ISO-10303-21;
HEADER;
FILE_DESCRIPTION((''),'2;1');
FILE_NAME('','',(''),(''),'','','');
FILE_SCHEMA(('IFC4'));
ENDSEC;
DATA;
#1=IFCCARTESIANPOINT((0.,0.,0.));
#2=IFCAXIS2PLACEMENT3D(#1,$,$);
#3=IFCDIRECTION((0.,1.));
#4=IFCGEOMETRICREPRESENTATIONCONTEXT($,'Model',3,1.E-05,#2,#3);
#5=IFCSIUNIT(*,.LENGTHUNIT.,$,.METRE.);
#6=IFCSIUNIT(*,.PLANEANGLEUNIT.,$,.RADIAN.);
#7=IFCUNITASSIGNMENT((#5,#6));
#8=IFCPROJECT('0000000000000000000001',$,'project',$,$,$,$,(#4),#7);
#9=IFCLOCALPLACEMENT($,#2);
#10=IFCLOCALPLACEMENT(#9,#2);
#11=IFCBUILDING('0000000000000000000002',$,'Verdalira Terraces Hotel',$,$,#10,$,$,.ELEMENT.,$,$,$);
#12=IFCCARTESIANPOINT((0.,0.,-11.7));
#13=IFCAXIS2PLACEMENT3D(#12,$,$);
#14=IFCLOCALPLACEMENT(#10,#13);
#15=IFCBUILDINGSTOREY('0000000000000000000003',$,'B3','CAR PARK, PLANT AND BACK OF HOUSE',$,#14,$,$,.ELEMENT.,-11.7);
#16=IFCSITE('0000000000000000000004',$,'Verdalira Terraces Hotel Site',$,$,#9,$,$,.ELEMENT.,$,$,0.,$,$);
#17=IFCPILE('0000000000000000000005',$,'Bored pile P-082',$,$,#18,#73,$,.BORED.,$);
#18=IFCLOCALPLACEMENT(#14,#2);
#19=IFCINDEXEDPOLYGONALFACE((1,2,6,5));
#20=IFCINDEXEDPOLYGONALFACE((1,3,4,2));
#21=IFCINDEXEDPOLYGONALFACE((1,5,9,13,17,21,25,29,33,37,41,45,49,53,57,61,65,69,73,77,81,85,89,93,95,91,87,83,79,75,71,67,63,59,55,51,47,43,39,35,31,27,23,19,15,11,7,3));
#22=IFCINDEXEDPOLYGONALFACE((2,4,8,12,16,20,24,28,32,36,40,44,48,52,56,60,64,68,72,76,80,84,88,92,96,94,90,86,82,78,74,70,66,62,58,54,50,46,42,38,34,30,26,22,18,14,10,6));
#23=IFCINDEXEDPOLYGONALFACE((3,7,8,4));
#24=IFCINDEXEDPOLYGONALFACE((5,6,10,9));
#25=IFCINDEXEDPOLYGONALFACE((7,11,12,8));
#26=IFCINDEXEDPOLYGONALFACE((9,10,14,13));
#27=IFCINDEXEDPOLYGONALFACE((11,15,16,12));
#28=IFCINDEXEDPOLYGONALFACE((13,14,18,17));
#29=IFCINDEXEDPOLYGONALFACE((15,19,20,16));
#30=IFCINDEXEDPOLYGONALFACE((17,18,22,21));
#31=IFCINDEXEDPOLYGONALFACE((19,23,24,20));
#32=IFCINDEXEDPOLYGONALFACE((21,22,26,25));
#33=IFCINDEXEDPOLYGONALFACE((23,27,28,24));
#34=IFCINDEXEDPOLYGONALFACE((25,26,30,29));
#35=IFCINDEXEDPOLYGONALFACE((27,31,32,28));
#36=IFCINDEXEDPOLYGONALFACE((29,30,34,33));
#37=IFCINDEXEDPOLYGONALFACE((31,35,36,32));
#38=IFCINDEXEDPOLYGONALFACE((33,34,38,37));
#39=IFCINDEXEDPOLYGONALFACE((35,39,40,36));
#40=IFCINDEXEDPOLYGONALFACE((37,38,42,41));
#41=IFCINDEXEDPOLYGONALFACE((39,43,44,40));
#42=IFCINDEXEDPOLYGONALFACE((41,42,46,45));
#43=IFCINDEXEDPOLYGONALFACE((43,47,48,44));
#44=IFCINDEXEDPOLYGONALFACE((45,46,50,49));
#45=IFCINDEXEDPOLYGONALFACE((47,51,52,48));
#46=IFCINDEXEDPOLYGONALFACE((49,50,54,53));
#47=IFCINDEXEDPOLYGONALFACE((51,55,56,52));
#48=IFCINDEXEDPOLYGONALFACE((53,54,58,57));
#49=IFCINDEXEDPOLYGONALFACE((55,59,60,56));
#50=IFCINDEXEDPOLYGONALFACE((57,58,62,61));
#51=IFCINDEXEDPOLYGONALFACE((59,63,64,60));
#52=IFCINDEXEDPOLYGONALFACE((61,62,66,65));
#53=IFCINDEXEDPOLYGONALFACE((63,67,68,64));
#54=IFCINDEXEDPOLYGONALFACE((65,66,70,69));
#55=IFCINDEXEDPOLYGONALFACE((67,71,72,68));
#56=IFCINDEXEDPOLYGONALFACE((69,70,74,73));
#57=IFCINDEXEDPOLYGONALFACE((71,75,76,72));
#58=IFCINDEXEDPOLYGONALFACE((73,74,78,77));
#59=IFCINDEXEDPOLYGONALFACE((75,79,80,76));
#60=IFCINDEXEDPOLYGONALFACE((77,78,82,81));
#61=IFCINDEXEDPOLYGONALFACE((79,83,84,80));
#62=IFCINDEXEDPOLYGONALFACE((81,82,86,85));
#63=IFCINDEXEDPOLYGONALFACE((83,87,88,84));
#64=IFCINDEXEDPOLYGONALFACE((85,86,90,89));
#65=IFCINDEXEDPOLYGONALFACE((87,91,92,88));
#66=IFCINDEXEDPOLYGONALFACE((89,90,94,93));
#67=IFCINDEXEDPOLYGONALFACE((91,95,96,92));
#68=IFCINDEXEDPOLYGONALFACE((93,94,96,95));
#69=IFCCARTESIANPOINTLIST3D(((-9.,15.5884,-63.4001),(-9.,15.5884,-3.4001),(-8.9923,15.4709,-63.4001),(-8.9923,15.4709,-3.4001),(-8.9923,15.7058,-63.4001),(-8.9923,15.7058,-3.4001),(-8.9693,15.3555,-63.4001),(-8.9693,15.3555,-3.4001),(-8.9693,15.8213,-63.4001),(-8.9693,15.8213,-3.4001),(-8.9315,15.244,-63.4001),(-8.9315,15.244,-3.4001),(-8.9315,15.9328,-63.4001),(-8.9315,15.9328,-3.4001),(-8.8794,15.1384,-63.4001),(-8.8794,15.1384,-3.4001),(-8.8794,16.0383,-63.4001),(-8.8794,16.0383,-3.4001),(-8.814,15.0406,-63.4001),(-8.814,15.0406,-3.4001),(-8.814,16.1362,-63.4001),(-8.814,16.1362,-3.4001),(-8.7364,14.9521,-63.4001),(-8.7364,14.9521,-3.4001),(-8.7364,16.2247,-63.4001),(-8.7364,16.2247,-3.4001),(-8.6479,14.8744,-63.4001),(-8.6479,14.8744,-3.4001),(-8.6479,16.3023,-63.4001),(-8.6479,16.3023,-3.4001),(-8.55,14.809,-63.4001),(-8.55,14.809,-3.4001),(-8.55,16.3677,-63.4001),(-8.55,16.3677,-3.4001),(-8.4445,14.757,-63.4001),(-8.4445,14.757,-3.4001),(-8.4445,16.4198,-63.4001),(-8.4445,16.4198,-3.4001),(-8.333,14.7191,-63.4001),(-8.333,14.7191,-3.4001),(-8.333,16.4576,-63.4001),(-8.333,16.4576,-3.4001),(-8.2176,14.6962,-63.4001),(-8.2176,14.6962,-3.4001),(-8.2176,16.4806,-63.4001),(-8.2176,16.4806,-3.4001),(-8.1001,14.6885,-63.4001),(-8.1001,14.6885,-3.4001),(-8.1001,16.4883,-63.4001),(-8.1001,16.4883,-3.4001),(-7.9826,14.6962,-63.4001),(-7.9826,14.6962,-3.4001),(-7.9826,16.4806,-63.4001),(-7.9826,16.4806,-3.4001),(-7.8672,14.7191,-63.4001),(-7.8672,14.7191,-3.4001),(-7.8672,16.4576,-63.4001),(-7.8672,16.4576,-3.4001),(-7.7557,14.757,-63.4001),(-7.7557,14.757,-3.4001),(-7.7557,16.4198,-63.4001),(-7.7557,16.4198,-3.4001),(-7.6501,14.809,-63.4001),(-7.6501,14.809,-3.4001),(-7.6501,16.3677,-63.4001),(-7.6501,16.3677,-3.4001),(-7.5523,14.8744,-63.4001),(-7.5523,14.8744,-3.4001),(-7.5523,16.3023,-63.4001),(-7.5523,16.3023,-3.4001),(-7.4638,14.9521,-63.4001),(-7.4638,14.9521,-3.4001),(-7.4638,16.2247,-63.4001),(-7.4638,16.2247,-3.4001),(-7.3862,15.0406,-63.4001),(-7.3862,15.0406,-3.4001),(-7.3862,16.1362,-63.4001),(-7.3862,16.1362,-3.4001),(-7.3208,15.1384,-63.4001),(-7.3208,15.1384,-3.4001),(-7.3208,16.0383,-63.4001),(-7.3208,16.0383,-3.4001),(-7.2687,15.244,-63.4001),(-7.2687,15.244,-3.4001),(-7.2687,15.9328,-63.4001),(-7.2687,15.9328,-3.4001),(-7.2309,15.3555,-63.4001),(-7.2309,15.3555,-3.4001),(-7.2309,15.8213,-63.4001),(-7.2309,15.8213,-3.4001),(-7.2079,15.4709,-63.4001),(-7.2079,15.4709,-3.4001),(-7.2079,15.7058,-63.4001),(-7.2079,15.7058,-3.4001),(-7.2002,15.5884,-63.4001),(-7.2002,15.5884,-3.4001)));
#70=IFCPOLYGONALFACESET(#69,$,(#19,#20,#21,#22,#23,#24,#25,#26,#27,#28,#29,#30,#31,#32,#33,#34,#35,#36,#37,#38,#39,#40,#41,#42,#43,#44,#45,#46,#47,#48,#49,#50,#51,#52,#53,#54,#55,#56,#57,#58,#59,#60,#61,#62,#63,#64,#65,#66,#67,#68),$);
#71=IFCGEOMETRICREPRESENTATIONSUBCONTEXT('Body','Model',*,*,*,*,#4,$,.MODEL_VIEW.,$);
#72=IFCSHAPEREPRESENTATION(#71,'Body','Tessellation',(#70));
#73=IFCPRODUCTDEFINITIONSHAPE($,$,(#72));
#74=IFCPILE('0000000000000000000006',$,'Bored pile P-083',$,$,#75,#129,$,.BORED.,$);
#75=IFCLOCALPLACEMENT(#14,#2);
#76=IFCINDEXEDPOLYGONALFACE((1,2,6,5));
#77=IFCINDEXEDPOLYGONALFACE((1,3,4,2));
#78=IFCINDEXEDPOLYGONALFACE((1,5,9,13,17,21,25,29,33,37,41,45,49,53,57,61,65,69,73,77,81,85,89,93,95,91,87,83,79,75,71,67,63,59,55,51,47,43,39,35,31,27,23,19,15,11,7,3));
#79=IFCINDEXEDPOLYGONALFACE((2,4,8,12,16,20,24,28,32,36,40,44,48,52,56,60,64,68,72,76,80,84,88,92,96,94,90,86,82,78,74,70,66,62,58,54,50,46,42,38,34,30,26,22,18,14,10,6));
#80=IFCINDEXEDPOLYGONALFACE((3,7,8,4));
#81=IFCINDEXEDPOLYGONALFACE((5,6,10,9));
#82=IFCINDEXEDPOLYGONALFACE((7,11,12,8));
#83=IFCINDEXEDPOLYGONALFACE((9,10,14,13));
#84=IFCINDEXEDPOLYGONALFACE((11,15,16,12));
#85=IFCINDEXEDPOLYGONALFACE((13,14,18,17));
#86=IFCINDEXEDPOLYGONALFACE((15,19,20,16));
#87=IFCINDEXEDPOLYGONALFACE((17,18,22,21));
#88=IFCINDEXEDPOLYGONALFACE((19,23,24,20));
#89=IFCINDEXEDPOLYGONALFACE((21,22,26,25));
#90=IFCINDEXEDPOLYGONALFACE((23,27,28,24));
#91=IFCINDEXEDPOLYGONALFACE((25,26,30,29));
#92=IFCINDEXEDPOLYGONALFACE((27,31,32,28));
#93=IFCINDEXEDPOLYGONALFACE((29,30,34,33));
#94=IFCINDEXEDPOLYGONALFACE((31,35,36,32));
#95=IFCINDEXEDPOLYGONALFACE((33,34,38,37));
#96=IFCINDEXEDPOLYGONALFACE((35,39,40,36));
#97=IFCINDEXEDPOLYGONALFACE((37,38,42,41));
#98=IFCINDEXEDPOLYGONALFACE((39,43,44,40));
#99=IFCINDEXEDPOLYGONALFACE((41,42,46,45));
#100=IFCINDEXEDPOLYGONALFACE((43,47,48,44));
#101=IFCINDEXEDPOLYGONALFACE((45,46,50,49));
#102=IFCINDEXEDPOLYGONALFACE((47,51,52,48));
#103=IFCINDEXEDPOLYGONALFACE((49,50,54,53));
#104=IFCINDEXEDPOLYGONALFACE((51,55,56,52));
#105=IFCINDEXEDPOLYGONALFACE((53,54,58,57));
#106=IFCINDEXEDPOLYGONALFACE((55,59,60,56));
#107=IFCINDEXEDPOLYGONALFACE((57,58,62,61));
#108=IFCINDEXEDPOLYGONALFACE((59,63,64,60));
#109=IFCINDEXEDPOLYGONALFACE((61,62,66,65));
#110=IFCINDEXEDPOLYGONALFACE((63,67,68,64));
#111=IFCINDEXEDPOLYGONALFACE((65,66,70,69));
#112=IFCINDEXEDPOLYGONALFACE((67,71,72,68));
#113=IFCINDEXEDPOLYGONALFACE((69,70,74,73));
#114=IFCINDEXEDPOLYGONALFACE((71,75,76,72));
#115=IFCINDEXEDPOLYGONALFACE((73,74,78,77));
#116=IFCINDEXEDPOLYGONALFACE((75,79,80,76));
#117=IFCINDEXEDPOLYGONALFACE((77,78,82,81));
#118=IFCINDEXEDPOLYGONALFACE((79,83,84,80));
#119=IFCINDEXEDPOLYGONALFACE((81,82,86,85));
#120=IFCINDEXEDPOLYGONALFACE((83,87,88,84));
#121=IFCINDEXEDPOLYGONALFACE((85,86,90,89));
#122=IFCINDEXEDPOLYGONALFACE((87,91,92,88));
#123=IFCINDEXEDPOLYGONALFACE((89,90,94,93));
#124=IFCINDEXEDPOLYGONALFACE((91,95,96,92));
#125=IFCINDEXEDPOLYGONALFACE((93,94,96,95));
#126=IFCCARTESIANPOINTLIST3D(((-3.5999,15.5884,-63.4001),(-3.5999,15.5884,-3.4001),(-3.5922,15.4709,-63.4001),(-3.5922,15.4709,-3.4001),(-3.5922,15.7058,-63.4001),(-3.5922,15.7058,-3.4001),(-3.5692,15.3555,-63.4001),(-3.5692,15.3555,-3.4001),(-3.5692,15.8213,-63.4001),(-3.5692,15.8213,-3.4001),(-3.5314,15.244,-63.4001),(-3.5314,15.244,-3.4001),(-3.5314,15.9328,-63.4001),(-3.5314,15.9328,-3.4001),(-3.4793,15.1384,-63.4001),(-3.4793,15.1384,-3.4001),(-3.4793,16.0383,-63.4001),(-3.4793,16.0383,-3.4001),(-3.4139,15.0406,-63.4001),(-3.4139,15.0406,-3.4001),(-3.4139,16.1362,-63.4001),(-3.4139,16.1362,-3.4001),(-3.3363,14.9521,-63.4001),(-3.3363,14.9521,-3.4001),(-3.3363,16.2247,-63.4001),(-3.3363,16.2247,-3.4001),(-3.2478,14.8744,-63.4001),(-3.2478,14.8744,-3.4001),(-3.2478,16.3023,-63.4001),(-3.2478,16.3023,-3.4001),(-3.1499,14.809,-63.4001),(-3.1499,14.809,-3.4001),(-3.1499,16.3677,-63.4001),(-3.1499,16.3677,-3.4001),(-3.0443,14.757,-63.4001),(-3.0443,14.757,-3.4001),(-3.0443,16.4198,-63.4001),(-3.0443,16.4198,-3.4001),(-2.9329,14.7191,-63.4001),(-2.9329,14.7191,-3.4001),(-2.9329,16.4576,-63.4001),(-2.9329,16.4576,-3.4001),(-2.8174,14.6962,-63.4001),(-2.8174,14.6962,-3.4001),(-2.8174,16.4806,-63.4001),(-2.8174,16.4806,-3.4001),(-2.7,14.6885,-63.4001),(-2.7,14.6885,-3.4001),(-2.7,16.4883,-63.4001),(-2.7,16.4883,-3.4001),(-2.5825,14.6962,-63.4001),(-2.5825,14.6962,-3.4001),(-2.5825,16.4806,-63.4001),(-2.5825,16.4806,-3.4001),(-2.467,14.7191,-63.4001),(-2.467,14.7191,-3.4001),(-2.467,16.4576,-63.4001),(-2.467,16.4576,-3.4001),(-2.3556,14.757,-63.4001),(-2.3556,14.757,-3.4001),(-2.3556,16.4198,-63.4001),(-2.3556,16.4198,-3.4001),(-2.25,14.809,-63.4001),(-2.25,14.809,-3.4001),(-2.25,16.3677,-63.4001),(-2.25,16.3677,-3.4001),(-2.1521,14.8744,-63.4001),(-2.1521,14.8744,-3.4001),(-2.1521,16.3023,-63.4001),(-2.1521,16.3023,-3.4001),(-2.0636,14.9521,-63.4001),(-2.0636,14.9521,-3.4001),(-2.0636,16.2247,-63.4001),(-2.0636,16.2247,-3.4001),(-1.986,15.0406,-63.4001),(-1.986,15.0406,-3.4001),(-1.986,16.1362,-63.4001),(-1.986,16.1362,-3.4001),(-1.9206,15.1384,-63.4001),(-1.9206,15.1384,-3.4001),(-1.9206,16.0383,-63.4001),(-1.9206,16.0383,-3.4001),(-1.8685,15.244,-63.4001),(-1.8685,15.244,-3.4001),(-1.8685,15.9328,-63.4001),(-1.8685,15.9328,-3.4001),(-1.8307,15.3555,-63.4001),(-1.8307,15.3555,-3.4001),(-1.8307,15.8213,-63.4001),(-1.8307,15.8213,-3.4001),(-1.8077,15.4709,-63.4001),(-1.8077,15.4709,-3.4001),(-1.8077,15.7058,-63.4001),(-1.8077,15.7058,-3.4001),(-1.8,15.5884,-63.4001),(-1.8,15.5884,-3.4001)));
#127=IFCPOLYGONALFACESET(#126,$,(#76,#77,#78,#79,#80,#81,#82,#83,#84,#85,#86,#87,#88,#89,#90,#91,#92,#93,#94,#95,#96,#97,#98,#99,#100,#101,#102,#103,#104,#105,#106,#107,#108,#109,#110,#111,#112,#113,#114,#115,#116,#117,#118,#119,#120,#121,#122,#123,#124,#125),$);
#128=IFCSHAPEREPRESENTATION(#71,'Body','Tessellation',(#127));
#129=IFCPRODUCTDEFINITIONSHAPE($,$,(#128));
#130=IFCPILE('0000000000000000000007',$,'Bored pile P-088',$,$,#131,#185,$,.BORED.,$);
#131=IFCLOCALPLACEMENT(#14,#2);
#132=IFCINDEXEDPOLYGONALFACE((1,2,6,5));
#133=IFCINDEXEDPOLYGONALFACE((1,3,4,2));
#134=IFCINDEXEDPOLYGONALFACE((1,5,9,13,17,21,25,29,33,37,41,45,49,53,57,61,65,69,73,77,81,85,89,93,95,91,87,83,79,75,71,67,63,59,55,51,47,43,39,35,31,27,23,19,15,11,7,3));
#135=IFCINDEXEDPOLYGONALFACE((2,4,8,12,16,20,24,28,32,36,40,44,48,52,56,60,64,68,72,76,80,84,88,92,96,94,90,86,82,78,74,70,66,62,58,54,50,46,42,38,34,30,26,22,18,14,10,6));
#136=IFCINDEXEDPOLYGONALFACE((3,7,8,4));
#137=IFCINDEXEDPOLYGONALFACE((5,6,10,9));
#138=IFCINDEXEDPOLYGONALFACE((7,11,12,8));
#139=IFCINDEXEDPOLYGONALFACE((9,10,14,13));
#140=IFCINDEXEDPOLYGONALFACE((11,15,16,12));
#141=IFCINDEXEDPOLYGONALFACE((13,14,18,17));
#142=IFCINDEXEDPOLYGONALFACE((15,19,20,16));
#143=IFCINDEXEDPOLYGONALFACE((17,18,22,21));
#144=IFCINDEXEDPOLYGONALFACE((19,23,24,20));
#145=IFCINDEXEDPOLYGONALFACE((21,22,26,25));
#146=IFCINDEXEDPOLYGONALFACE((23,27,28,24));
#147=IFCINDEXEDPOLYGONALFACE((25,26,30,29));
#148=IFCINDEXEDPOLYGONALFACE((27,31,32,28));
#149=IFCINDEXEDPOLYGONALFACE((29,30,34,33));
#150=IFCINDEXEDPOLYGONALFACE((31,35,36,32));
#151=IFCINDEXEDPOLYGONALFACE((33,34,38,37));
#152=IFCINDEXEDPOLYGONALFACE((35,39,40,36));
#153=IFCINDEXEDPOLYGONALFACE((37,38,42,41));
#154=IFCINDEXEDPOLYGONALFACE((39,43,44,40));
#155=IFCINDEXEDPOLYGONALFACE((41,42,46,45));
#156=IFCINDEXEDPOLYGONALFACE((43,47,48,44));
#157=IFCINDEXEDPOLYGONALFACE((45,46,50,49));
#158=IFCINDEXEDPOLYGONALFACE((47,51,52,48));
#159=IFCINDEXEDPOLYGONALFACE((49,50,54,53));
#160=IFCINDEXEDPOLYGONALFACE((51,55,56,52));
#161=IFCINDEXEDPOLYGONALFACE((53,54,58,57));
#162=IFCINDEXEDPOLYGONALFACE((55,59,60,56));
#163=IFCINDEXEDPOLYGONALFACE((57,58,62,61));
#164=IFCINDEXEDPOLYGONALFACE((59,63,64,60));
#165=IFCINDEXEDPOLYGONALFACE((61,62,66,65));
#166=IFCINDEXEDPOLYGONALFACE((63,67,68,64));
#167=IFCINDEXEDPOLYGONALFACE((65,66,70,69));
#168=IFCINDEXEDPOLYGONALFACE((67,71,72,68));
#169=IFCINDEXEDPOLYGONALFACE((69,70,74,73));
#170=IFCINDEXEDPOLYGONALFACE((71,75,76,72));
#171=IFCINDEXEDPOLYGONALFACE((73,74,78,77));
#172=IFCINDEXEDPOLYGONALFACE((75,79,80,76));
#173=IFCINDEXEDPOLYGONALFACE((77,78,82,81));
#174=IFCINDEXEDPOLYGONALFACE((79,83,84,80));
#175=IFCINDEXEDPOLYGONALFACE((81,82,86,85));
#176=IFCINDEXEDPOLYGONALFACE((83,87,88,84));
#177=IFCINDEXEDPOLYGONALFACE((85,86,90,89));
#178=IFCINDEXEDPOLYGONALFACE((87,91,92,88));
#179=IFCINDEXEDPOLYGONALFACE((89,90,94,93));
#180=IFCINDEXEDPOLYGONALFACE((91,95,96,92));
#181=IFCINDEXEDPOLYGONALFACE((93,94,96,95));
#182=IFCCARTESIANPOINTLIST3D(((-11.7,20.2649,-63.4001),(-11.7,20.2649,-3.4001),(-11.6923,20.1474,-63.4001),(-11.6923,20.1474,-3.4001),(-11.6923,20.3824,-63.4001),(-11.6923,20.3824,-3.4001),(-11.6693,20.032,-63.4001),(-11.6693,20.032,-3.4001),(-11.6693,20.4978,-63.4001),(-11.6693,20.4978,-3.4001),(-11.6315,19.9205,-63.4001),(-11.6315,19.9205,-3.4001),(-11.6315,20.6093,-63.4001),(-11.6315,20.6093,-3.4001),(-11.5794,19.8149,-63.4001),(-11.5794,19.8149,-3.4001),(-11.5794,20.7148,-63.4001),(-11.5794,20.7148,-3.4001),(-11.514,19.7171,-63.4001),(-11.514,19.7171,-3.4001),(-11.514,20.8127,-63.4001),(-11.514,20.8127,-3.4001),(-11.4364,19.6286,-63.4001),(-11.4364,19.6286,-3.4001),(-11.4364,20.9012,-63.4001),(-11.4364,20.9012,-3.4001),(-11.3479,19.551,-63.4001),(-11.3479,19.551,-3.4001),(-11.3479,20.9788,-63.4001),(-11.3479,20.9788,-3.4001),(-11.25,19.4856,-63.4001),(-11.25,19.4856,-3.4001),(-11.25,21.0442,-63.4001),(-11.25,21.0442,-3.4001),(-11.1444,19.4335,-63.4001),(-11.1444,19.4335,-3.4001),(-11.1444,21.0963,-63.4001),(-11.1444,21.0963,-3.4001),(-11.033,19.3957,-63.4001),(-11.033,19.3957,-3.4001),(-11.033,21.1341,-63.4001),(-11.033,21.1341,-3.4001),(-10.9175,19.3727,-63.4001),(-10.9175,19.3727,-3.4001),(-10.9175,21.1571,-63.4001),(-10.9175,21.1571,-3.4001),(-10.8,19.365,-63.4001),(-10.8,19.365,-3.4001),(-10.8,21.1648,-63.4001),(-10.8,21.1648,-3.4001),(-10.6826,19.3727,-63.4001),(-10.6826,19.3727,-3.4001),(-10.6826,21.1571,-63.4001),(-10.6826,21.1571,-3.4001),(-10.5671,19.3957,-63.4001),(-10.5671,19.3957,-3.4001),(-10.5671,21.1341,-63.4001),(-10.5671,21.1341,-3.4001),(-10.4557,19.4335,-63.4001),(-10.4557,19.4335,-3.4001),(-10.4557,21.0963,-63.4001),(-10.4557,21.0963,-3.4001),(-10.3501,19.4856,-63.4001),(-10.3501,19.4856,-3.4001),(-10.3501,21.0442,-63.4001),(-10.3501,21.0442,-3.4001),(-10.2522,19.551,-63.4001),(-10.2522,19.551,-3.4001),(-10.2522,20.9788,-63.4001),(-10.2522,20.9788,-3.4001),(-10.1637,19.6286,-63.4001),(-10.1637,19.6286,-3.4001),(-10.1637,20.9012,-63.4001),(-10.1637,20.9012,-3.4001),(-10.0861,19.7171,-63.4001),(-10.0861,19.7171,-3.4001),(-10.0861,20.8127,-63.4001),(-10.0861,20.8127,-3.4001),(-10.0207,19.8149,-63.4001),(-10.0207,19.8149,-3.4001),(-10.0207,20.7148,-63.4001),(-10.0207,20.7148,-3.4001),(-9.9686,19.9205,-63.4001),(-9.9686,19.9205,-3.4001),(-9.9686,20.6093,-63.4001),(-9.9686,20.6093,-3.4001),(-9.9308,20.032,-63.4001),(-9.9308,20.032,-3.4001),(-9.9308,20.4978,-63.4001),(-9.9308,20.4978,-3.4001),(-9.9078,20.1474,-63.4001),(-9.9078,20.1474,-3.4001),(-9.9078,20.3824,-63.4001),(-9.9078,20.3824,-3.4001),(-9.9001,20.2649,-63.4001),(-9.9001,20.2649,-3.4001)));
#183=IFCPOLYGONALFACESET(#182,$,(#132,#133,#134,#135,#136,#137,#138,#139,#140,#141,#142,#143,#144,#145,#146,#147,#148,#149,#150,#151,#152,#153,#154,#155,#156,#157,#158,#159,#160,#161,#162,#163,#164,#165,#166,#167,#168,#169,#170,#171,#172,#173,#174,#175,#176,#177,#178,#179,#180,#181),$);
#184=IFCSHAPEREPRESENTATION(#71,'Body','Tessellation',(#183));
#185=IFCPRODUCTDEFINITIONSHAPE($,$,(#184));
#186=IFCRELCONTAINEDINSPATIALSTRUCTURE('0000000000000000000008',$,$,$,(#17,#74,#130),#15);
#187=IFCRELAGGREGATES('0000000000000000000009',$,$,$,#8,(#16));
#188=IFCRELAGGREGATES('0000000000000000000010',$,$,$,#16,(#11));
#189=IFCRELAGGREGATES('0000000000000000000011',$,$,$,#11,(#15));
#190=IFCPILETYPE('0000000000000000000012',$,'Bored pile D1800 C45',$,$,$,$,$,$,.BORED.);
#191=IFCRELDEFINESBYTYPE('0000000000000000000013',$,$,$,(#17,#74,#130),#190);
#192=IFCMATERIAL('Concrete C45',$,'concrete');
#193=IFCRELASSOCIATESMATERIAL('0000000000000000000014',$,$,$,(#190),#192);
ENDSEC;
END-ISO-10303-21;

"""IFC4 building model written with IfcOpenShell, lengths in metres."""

from ifc_helpers import new_model, si_unit, direction, frame, origin, origin_2d, place, context, subcontext, project, spatial, circle, extrude, material, material_profile, profile_set, type_object, element, save


model = new_model("IFC4")

# Units and contexts
model_context = context("Model", 3, precision=1e-05, world=origin(), true_north=direction((0.0, 1.0)))
body_context = subcontext(model_context, "Body", "Model", "MODEL_VIEW")
ifc_project = project(units=[si_unit("LENGTHUNIT", "METRE"), si_unit("PLANEANGLEUNIT", "RADIAN")], contexts=[model_context])

# Site, building, storey
site_placement = place(None, origin())
site = spatial("IfcSite", under=ifc_project, at=site_placement, Name="Verdalira Terraces Hotel Site", CompositionType="ELEMENT", RefElevation=0.0)
building_placement = place(site_placement, origin())
building = spatial("IfcBuilding", under=site, at=building_placement, Name="Verdalira Terraces Hotel", CompositionType="ELEMENT")
storey_placement = place(building_placement, frame((0.0, 0.0, -11.7)))
storey = spatial("IfcBuildingStorey", under=building, at=storey_placement, Name="B3", Description="CAR PARK, PLANT AND BACK OF HOUSE", CompositionType="ELEMENT", Elevation=-11.7)

# Piles
ifc_material_1 = material(Name="Concrete C45", Category="concrete")
ifc_material_profile_1 = material_profile(ifc_material_1, circle(Radius=0.8999, at=origin_2d()), Name="D1800")
ifc_profile_set_1 = profile_set([ifc_material_profile_1], Name="Concrete C45")
pile_type = type_object("IfcPileType", Name="Bored pile D1800 C45", PredefinedType="BORED", material=ifc_profile_set_1)
for number, where, z_axis, x_axis, name in (
    (1, (-8.1001, 15.5884, -3.4001), (0.0, 0.0, -1.0), (1.0, 0.0, 0.0), "Bored pile P-082"),
    (2, (-2.7, 15.5884, -3.4001), (0.0, 0.0, -1.0), (1.0, 0.0, 0.0), "Bored pile P-083"),
    (3, (-10.8, 20.2649, -3.4001), (0.0, 0.0, -1.0), (1.0, 0.0, 0.0), "Bored pile P-088"),
):
    element("IfcPile", number, at=place(storey_placement, frame(where, z_axis=z_axis, x_axis=x_axis)), inside=storey, type_object=pile_type, Name=name, PredefinedType="BORED", context=body_context, shape_type="SweptSolid", body=[
        extrude(circle(Radius=0.8999, at=origin_2d()), origin(), (0.0, 0.0, 1.0), 60.0),
    ])

save(model, "model.ifc")
